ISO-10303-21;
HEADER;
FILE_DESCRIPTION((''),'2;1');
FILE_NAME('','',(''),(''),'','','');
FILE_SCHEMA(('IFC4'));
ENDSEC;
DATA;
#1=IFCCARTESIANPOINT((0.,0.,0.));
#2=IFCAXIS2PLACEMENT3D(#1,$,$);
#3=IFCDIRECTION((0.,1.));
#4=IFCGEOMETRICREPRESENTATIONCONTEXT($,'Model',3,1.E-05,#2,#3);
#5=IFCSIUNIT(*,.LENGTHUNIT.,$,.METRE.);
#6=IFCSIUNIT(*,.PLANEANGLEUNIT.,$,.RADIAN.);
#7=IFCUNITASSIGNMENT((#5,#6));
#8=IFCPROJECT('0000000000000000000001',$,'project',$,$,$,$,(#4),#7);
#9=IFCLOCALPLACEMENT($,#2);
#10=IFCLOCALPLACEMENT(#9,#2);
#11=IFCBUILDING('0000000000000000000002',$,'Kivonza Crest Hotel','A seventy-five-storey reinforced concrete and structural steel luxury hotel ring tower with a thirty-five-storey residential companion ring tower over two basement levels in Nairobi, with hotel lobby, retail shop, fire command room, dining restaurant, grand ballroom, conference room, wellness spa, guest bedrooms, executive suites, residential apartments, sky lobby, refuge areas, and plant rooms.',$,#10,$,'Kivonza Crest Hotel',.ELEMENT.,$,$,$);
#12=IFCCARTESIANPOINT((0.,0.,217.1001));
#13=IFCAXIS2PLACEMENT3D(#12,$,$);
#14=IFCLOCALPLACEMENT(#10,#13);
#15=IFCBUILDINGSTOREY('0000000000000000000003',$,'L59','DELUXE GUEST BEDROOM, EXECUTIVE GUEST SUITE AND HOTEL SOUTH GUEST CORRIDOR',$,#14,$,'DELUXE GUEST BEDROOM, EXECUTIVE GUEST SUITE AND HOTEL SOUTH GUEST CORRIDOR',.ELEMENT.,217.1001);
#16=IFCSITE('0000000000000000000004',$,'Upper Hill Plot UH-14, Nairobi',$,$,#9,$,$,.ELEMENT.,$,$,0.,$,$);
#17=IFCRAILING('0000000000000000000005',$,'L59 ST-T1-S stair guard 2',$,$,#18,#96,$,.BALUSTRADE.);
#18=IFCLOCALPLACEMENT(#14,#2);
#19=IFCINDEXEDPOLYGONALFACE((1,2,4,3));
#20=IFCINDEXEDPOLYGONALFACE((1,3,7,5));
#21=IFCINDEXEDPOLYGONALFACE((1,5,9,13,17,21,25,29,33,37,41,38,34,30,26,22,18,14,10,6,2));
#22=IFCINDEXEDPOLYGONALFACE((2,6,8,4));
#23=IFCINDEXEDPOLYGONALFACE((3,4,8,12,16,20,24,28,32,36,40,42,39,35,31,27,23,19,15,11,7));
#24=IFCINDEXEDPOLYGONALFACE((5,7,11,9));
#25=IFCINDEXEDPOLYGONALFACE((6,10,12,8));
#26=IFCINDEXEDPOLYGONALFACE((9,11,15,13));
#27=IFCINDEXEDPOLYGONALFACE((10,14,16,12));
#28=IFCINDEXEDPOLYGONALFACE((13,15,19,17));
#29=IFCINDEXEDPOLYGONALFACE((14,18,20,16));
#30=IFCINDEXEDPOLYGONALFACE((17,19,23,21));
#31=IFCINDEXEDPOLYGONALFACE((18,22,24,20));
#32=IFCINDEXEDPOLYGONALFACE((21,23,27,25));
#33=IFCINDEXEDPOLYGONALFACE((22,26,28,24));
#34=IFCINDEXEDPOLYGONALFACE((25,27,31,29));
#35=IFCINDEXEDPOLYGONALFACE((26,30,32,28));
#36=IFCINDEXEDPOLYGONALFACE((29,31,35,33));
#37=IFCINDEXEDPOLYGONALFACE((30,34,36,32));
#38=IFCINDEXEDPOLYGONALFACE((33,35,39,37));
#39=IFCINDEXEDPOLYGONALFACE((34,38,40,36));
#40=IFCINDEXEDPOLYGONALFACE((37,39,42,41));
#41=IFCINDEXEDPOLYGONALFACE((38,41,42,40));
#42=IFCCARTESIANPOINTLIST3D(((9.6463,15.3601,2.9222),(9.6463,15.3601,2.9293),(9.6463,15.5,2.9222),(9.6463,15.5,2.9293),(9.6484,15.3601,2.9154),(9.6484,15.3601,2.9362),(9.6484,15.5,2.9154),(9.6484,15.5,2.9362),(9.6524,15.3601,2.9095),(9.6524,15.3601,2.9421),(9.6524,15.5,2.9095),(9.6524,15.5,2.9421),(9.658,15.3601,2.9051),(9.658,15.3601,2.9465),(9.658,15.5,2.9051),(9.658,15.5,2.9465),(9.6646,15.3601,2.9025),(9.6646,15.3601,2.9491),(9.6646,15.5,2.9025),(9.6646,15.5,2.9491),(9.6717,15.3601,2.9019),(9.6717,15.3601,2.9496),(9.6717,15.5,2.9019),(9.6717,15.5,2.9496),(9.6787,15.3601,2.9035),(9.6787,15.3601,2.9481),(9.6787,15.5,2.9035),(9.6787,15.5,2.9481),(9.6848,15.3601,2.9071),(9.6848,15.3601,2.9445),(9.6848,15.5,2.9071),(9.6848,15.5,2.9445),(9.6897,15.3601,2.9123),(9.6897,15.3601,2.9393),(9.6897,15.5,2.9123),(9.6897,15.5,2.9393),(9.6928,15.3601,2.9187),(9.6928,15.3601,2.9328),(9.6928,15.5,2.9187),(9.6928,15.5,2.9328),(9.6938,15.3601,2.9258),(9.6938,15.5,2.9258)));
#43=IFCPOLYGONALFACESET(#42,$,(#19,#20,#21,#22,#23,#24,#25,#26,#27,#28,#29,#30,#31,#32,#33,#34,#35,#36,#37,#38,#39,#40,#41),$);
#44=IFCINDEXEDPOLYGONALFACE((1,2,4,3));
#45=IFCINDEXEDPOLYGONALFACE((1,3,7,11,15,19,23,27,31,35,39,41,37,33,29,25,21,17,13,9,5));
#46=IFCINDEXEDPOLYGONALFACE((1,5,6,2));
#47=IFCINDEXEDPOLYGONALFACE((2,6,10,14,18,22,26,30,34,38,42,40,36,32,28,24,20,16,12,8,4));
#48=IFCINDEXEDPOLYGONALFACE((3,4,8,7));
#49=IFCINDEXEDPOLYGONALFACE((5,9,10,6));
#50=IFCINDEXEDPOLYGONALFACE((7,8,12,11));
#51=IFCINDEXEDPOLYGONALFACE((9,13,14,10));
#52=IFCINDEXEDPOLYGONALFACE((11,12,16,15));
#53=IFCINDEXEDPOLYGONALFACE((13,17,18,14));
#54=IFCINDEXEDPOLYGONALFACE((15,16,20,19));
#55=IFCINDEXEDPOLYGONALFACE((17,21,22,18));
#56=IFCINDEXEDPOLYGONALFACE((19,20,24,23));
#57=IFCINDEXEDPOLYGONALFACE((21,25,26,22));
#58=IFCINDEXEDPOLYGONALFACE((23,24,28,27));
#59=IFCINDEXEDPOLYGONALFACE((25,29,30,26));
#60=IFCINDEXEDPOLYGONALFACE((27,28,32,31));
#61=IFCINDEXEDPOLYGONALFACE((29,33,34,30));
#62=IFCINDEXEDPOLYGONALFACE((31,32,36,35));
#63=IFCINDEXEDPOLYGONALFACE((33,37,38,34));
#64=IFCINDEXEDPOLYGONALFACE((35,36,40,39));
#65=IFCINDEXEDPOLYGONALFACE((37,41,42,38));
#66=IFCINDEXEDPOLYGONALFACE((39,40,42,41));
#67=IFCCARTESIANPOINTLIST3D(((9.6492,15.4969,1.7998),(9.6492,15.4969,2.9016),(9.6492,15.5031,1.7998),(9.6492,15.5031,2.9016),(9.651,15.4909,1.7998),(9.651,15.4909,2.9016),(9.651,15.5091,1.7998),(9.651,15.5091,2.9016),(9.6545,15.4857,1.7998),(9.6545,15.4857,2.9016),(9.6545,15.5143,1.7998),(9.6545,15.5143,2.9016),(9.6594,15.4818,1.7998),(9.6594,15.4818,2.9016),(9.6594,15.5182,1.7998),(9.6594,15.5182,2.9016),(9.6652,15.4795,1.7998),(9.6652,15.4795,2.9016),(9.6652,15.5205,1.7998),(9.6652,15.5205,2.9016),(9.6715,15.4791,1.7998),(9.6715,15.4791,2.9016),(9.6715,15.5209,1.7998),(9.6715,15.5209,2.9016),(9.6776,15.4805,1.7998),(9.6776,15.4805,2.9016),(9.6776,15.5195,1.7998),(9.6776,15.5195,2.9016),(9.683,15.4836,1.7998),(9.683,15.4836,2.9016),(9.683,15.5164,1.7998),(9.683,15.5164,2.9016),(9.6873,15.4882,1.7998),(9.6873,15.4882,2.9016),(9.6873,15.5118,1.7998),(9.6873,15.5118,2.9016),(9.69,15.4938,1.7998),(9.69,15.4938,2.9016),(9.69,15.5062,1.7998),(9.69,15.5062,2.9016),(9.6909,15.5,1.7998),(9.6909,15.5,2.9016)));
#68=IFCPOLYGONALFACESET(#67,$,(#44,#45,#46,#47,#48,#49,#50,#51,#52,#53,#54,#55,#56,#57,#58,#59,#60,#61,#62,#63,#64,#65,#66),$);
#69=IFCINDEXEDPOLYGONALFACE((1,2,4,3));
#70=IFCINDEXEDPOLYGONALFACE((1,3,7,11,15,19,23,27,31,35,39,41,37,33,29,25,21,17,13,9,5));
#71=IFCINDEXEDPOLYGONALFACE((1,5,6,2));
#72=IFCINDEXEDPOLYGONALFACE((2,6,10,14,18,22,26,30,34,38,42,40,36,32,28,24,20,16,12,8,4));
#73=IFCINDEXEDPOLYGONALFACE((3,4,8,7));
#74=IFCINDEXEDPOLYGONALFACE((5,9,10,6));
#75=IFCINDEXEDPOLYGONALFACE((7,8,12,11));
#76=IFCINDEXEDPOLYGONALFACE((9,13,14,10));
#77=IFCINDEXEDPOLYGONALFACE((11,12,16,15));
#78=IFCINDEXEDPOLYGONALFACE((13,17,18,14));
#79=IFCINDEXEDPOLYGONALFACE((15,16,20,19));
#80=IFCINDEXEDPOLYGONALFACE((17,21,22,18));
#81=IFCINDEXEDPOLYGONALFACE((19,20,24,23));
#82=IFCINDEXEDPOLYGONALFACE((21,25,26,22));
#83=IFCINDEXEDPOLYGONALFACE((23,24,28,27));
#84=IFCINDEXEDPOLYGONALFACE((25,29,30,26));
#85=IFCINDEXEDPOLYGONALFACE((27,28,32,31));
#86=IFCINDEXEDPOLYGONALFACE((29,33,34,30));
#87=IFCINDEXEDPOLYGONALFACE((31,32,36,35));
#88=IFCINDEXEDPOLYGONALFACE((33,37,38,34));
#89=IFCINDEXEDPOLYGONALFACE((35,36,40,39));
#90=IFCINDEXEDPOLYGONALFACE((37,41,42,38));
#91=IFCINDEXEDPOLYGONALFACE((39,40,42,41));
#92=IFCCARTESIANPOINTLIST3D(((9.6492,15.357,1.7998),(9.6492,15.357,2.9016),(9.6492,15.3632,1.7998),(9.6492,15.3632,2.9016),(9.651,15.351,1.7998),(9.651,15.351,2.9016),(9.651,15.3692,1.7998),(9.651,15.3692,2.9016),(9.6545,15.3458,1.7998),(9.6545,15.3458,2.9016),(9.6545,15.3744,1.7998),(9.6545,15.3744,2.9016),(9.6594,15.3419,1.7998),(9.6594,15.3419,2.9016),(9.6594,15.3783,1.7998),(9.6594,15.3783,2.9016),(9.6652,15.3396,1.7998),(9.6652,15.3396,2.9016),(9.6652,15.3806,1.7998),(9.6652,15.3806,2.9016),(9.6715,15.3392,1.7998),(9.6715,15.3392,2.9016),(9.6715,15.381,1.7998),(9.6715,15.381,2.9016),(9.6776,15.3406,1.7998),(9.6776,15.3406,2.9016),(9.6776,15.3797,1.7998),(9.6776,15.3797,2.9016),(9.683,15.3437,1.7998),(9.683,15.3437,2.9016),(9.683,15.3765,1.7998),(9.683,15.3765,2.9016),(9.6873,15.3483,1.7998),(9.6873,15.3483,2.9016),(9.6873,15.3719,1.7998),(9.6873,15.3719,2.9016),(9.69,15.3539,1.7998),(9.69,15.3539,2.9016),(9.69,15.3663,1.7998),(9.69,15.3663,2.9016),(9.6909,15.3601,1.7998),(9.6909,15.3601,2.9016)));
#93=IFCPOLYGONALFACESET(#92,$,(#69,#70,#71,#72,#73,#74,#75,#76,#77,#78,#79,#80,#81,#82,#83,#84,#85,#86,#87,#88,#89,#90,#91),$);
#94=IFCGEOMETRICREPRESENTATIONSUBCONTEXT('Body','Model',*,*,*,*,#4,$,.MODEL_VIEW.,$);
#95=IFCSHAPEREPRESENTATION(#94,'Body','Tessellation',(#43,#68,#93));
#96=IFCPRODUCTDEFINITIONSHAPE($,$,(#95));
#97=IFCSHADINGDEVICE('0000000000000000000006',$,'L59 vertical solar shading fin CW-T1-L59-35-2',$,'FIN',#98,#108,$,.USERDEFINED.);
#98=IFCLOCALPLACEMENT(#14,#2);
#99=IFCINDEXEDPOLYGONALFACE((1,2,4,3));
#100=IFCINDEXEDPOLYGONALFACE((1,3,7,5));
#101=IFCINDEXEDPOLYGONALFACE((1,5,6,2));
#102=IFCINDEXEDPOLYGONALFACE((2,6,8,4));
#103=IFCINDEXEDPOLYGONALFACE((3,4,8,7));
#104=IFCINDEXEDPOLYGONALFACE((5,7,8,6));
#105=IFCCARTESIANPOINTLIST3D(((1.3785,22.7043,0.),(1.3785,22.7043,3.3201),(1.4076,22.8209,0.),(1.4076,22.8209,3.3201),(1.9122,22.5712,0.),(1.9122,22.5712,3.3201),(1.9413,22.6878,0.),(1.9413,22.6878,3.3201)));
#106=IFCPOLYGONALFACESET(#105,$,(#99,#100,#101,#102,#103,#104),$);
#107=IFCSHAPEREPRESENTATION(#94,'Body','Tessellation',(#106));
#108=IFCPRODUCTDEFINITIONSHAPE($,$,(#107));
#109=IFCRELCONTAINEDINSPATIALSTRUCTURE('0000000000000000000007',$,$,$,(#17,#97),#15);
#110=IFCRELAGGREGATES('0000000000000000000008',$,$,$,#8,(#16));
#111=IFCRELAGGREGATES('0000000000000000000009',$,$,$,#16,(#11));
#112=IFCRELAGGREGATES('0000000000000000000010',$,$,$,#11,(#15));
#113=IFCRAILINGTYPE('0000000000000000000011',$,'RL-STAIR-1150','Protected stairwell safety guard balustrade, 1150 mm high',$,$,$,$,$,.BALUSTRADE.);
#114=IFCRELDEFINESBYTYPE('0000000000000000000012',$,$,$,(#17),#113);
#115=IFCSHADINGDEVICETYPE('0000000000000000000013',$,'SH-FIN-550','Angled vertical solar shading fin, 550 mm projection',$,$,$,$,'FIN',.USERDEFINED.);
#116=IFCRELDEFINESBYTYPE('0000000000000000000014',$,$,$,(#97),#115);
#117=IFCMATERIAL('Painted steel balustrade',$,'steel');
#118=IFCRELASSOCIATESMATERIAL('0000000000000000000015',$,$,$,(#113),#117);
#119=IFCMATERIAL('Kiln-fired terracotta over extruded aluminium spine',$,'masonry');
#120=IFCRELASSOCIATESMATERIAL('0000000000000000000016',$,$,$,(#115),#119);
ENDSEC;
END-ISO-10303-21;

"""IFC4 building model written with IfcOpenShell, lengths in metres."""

from ifc_helpers import new_model, si_unit, direction, frame, origin, origin_2d, place, context, subcontext, project, spatial, rectangle, circle, extrude, material, type_object, element, save


model = new_model("IFC4")

# Units and contexts
model_context = context("Model", 3, precision=1e-05, world=origin(), true_north=direction((0.0, 1.0)))
body_context = subcontext(model_context, "Body", "Model", "MODEL_VIEW")
ifc_project = project(units=[si_unit("LENGTHUNIT", "METRE"), si_unit("PLANEANGLEUNIT", "RADIAN")], contexts=[model_context])

# Site, building, storey
site_placement = place(None, origin())
site = spatial("IfcSite", under=ifc_project, at=site_placement, Name="Upper Hill Plot UH-14, Nairobi", CompositionType="ELEMENT", RefElevation=0.0)
building_placement = place(site_placement, origin())
building = spatial("IfcBuilding", under=site, at=building_placement, Name="Kivonza Crest Hotel", Description="A seventy-five-storey reinforced concrete and structural steel luxury hotel ring tower with a thirty-five-storey residential companion ring tower over two basement levels in Nairobi, with hotel lobby, retail shop, fire command room, dining restaurant, grand ballroom, conference room, wellness spa, guest bedrooms, executive suites, residential apartments, sky lobby, refuge areas, and plant rooms.", LongName="Kivonza Crest Hotel", CompositionType="ELEMENT")
storey_placement = place(building_placement, frame((0.0, 0.0, 217.1001)))
storey = spatial("IfcBuildingStorey", under=building, at=storey_placement, Name="L59", Description="DELUXE GUEST BEDROOM, EXECUTIVE GUEST SUITE AND HOTEL SOUTH GUEST CORRIDOR", LongName="DELUXE GUEST BEDROOM, EXECUTIVE GUEST SUITE AND HOTEL SOUTH GUEST CORRIDOR", CompositionType="ELEMENT", Elevation=217.1001)

# Railing
ifc_material_1 = material(Name="Painted steel balustrade", Category="steel")
railing_type_1 = type_object("IfcRailingType", Name="RL-STAIR-1150", Description="Protected stairwell safety guard balustrade, 1150 mm high", PredefinedType="BALUSTRADE", material=ifc_material_1)
railing_1_placement = place(storey_placement, frame((9.6699, 15.5, 1.7998)))
element("IfcRailing", 1, at=railing_1_placement, inside=storey, type_object=railing_type_1, Name="L59 ST-T1-S stair guard 2", PredefinedType="BALUSTRADE", context=body_context, shape_type="SweptSolid", body=[
    extrude(circle(Radius=0.0239, at=origin_2d()), frame((0.0, 0.0, 1.126), z_axis=(0.0, -1.0, 0.0), x_axis=(1.0, 0.0, 0.0)), (0.0, 0.0, 1.0), 0.1399),
    extrude(circle(Radius=0.021, at=origin_2d()), origin(), (0.0, 0.0, 1.0), 1.1018),
    extrude(circle(Radius=0.021, at=origin_2d()), frame((0.0, -0.1399, 0.0)), (0.0, 0.0, 1.0), 1.1018),
])

# Shading device
ifc_material_2 = material(Name="Kiln-fired terracotta over extruded aluminium spine", Category="masonry")
shading_device_type = type_object("IfcShadingDeviceType", Name="SH-FIN-550", Description="Angled vertical solar shading fin, 550 mm projection", ElementType="FIN", PredefinedType="USERDEFINED", material=ifc_material_2)
shading_device_placement = place(storey_placement, frame((1.6599, 22.696, 0.0), z_axis=(0.0, 0.0, 1.0), x_axis=(-0.241922, -0.970296, 0.0)))
element("IfcShadingDevice", 2, at=shading_device_placement, inside=storey, type_object=shading_device_type, Name="L59 vertical solar shading fin CW-T1-L59-35-2", ObjectType="FIN", PredefinedType="USERDEFINED", context=body_context, shape_type="SweptSolid", body=[
    extrude(rectangle(XDim=0.1201, YDim=0.55, at=origin_2d()), origin(), (0.0, 0.0, 1.0), 3.3201),
])

save(model, "model.ifc")
